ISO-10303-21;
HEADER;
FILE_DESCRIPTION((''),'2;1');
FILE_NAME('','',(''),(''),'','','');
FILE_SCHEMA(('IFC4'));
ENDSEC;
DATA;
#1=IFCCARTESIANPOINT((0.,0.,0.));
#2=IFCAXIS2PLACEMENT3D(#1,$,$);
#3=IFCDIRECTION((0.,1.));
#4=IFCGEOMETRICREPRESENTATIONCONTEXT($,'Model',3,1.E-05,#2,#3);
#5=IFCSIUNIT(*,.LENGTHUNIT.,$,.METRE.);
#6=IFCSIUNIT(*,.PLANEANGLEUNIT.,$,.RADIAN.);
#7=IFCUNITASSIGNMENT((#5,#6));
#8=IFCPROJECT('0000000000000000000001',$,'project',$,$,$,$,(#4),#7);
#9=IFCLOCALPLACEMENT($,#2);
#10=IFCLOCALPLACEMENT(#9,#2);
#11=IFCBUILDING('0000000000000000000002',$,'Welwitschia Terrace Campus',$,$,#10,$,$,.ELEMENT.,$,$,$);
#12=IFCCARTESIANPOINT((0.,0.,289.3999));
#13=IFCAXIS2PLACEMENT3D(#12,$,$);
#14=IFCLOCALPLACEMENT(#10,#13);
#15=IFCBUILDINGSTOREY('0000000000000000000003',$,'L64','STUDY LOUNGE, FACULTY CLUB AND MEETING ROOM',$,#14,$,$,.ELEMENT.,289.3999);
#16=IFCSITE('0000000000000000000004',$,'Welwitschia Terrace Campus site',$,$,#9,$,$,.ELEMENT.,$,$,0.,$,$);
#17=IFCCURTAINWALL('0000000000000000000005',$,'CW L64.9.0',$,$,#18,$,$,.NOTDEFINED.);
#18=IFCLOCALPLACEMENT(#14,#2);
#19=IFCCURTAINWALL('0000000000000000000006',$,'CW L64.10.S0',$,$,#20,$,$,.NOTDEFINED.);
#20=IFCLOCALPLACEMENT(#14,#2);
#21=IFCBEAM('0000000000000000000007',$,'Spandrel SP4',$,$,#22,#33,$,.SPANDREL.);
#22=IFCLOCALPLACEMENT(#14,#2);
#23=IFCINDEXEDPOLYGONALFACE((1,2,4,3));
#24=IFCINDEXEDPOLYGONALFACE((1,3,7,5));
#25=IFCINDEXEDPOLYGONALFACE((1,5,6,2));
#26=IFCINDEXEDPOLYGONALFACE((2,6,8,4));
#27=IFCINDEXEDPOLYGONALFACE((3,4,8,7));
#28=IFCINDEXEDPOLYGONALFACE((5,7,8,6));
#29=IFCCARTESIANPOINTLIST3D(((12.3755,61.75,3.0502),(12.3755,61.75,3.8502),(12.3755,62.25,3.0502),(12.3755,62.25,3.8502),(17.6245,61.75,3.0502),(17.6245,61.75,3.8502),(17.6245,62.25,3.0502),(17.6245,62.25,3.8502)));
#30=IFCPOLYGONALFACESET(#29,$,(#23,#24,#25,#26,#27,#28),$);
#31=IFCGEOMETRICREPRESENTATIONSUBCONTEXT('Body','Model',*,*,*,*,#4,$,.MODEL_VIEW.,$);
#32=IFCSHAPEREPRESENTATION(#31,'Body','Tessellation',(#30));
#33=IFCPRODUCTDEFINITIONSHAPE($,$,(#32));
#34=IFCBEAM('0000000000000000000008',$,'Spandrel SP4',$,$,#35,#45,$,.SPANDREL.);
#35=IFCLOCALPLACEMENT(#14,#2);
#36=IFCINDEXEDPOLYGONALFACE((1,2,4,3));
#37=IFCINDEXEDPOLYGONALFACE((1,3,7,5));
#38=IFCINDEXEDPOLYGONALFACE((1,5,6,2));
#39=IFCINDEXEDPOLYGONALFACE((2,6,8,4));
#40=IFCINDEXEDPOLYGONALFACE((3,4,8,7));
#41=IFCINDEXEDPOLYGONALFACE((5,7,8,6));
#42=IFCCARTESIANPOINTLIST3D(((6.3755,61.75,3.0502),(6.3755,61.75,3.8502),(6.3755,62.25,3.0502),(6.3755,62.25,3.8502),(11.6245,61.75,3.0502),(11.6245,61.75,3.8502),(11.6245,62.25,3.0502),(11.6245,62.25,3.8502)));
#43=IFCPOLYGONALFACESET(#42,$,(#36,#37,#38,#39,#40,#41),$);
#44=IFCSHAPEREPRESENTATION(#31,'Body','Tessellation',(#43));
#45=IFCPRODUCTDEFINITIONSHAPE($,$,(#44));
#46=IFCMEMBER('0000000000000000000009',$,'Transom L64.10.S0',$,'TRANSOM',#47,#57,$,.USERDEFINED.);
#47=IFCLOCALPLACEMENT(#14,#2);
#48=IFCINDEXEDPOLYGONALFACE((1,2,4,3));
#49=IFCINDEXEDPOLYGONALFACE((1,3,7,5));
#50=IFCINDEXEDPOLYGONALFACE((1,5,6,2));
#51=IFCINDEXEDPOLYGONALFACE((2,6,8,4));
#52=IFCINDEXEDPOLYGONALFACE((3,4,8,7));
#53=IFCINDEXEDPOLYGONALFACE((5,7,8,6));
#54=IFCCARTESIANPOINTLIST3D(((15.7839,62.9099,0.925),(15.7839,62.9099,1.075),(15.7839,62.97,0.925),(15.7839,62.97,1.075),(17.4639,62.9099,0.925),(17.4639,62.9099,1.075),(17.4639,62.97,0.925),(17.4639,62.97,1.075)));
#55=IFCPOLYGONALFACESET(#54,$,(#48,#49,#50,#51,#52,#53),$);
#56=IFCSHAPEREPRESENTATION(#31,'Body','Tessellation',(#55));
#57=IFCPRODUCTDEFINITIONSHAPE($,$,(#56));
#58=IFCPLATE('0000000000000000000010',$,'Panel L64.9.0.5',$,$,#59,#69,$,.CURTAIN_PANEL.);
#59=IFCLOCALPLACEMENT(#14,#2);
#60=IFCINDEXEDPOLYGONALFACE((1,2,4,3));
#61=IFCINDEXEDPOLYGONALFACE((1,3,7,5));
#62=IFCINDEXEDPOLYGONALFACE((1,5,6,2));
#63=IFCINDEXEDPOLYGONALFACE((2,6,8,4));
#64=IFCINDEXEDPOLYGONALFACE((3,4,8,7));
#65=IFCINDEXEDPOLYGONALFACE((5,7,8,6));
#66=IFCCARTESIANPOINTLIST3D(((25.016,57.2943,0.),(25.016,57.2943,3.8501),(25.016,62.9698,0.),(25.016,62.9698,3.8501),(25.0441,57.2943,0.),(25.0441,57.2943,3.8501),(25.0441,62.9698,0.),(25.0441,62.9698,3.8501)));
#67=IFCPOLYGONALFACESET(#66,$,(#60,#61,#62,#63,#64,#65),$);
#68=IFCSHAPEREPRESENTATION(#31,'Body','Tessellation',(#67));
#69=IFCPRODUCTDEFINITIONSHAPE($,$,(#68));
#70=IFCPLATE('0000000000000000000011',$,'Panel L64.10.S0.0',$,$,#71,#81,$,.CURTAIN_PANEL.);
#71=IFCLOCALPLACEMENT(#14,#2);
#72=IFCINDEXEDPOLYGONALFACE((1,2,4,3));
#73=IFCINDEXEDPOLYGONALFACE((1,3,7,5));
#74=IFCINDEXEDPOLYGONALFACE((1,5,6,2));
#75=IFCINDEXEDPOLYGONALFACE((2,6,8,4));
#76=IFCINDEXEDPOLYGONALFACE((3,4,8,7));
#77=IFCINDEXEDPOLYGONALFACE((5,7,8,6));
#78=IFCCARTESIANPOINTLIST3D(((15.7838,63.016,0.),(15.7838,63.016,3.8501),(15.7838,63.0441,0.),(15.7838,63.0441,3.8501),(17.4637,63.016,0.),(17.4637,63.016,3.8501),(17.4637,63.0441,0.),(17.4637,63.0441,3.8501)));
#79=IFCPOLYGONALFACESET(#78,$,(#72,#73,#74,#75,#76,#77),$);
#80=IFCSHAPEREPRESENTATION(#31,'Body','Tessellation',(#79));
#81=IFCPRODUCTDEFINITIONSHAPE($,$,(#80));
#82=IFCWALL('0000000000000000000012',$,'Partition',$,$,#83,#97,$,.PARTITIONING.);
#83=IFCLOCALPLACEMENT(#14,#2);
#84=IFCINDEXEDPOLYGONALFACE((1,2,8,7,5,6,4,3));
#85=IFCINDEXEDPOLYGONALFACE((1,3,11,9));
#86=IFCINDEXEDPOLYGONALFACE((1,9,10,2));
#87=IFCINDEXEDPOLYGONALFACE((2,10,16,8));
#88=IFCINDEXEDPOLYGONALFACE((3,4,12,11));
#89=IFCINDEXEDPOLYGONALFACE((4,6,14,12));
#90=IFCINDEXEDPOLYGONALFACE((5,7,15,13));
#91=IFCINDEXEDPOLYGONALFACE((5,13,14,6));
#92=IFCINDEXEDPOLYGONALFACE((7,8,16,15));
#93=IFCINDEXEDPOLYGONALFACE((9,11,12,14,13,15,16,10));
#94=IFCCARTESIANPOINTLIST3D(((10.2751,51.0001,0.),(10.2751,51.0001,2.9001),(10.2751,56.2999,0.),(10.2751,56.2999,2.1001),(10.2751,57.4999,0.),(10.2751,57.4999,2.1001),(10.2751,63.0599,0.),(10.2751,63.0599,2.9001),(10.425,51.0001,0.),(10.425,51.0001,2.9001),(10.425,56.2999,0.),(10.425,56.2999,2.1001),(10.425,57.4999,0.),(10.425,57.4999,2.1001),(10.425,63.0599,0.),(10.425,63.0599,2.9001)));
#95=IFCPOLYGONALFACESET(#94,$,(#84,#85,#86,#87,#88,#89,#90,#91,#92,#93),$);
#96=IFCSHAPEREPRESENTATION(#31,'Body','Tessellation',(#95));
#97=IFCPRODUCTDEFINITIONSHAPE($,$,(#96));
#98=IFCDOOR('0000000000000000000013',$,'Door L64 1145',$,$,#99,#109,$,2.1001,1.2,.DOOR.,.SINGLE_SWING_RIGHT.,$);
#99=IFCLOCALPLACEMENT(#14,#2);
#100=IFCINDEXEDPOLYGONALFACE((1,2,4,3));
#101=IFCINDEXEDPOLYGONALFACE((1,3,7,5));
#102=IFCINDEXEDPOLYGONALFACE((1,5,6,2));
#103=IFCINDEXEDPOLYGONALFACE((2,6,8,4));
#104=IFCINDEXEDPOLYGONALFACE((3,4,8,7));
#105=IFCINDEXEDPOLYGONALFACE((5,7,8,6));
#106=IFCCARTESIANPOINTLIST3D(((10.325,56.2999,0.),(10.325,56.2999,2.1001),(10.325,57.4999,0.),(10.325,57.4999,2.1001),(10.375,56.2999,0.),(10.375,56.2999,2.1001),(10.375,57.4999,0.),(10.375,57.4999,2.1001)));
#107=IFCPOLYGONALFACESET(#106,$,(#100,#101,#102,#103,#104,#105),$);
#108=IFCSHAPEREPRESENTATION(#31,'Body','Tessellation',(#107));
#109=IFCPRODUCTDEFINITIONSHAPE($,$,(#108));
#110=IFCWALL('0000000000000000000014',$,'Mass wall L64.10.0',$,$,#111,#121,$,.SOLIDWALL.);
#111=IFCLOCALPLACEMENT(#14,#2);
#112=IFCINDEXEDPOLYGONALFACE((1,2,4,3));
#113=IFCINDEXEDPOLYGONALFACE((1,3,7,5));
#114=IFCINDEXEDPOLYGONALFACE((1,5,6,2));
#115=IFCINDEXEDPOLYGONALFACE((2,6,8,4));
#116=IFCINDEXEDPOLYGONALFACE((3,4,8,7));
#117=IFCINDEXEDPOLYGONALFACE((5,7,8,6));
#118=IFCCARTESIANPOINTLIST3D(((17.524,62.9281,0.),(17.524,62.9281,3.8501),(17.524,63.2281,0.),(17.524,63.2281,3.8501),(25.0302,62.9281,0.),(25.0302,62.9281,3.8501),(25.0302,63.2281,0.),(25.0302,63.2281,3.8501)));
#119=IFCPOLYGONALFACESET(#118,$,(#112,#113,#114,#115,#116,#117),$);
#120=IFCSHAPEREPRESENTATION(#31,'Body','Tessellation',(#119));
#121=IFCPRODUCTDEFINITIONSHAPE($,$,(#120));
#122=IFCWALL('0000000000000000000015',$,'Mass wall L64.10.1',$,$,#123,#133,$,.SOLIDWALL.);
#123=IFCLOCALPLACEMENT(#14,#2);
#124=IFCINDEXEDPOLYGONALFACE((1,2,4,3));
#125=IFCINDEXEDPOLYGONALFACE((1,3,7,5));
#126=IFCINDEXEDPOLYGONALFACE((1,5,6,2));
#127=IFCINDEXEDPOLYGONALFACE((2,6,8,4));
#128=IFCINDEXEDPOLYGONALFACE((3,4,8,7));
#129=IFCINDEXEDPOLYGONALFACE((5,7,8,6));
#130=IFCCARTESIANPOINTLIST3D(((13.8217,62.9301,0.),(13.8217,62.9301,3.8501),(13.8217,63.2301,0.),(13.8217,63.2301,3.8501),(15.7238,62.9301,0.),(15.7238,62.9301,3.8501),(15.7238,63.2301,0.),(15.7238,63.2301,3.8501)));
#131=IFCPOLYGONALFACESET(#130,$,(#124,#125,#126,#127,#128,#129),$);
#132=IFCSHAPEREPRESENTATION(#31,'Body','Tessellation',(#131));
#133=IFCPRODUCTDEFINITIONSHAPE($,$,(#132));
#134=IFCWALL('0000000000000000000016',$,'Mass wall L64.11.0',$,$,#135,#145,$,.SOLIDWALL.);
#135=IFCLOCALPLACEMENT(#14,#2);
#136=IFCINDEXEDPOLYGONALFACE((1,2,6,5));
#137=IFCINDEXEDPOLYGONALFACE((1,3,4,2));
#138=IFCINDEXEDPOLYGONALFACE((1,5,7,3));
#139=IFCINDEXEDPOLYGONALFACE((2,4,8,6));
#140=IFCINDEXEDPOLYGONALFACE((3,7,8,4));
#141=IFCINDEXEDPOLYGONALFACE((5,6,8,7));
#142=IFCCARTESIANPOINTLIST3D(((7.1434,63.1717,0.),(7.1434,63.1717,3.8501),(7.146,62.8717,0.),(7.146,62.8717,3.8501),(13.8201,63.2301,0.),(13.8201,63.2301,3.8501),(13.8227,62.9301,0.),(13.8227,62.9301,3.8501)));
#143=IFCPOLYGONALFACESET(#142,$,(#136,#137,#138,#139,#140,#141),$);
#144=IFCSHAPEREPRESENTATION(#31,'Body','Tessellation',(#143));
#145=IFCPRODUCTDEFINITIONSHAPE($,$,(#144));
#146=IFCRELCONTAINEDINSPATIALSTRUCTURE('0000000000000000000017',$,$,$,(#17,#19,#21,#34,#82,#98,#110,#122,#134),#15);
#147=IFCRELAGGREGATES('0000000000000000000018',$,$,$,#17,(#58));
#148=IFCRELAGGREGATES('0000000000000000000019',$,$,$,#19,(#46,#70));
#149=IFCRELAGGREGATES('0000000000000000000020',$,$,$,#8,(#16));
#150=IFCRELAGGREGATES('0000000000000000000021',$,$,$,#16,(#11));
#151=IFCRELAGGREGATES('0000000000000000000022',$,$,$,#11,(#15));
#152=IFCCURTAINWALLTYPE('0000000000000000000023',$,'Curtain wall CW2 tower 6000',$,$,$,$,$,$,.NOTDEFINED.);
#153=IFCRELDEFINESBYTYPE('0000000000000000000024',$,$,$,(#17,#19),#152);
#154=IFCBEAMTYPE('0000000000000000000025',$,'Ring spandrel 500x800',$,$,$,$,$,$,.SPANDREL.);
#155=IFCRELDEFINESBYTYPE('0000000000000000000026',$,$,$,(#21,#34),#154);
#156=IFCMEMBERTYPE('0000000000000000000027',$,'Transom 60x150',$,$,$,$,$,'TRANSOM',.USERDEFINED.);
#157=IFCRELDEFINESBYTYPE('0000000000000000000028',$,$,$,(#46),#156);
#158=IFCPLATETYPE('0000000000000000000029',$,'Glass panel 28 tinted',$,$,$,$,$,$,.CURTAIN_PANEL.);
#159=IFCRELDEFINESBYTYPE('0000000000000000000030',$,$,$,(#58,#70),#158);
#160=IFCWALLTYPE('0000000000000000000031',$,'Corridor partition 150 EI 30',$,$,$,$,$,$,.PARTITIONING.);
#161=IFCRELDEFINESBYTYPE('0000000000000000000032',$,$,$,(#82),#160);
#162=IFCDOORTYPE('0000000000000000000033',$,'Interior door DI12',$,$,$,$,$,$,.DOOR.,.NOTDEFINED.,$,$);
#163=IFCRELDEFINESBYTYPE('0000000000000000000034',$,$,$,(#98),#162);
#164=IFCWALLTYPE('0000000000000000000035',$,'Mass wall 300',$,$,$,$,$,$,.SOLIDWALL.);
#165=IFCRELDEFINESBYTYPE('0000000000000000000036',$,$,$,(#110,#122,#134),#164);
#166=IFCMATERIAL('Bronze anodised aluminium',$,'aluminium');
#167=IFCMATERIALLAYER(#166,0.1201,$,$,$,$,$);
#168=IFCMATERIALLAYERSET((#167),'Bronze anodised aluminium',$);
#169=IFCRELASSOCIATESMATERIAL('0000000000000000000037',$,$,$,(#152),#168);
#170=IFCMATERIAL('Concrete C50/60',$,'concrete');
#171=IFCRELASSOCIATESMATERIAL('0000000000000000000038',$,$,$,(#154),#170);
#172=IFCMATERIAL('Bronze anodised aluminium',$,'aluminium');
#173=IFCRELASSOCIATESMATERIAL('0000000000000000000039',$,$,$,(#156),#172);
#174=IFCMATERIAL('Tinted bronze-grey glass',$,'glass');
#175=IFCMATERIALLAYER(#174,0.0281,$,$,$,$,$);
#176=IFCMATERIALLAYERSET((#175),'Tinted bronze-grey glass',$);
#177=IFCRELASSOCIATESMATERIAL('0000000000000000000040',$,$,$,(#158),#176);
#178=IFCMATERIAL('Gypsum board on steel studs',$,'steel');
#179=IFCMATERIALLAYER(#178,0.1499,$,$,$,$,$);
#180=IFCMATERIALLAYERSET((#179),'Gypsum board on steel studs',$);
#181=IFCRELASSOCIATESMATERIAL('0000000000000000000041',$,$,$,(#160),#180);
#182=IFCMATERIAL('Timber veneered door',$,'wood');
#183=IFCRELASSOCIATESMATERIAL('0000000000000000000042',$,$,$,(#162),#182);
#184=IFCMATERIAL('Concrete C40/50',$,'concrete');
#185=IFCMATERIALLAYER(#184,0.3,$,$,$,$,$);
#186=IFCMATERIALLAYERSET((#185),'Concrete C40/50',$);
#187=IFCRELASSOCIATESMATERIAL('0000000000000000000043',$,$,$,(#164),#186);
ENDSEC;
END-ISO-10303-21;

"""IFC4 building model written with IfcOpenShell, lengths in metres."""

from ifc_helpers import new_model, si_unit, direction, frame, frame_2d, origin, origin_2d, place, context, subcontext, project, spatial, rectangle, extrude, material, layer, layer_set, material_profile, profile_set, type_object, element, fill, aggregate, save


model = new_model("IFC4")

# Units and contexts
model_context = context("Model", 3, precision=1e-05, world=origin(), true_north=direction((0.0, 1.0)))
body_context = subcontext(model_context, "Body", "Model", "MODEL_VIEW")
ifc_project = project(units=[si_unit("LENGTHUNIT", "METRE"), si_unit("PLANEANGLEUNIT", "RADIAN")], contexts=[model_context])

# Site, building, storey
site_placement = place(None, origin())
site = spatial("IfcSite", under=ifc_project, at=site_placement, Name="Welwitschia Terrace Campus site", CompositionType="ELEMENT", RefElevation=0.0)
building_placement = place(site_placement, origin())
building = spatial("IfcBuilding", under=site, at=building_placement, Name="Welwitschia Terrace Campus", CompositionType="ELEMENT")
storey_placement = place(building_placement, frame((0.0, 0.0, 289.3999)))
storey = spatial("IfcBuildingStorey", under=building, at=storey_placement, Name="L64", Description="STUDY LOUNGE, FACULTY CLUB AND MEETING ROOM", CompositionType="ELEMENT", Elevation=289.3999)

# Curtain walls
ifc_material_1 = material(Name="Bronze anodised aluminium", Category="aluminium")
ifc_layer_1 = layer(ifc_material_1, 0.1201)
ifc_layer_set_1 = layer_set([ifc_layer_1], Name="Bronze anodised aluminium")
curtain_wall_type = type_object("IfcCurtainWallType", Name="Curtain wall CW2 tower 6000", PredefinedType="NOTDEFINED", material=ifc_layer_set_1)
curtain_wall_1_placement = place(storey_placement, origin())
curtain_wall_1 = element("IfcCurtainWall", 1, at=curtain_wall_1_placement, inside=storey, type_object=curtain_wall_type, Name="CW L64.9.0", PredefinedType="NOTDEFINED")
curtain_wall_2_placement = place(storey_placement, origin())
curtain_wall_2 = element("IfcCurtainWall", 2, at=curtain_wall_2_placement, inside=storey, type_object=curtain_wall_type, Name="CW L64.10.S0", PredefinedType="NOTDEFINED")

# Beams
ifc_material_2 = material(Name="Concrete C50/60", Category="concrete")
ifc_material_profile_1 = material_profile(ifc_material_2, rectangle(XDim=0.5, YDim=0.8, at=origin_2d()))
ifc_profile_set_1 = profile_set([ifc_material_profile_1], Name="Concrete C50/60")
beam_type_1 = type_object("IfcBeamType", Name="Ring spandrel 500x800", PredefinedType="SPANDREL", material=ifc_profile_set_1)
for number, where, z_axis, x_axis, name in (
    (3, (17.6245, 62.0, 3.4502), (-1.0, 0.0, 0.0), (0.0, -1.0, 0.0), "Spandrel SP4"),
    (4, (11.6245, 62.0, 3.4502), (-1.0, 0.0, 0.0), (0.0, -1.0, 0.0), "Spandrel SP4"),
):
    element("IfcBeam", number, at=place(storey_placement, frame(where, z_axis=z_axis, x_axis=x_axis)), inside=storey, type_object=beam_type_1, Name=name, PredefinedType="SPANDREL", context=body_context, shape_type="SweptSolid", body=[
        extrude(rectangle(XDim=0.5, YDim=0.8, at=origin_2d()), origin(), (0.0, 0.0, 1.0), 5.249),
    ])

# Member
ifc_material_3 = material(Name="Bronze anodised aluminium", Category="aluminium")
ifc_material_profile_2 = material_profile(ifc_material_3, rectangle(XDim=0.0601, YDim=0.1499, at=origin_2d()))
ifc_profile_set_2 = profile_set([ifc_material_profile_2], Name="Bronze anodised aluminium")
member_type_1 = type_object("IfcMemberType", Name="Transom 60x150", ElementType="TRANSOM", PredefinedType="USERDEFINED", material=ifc_profile_set_2)
member_1_placement = place(storey_placement, frame((17.4639, 62.9399, 1.0), z_axis=(-1.0, 0.0, 0.0), x_axis=(0.0, -1.0, 0.0)))
member_1 = element("IfcMember", 5, at=member_1_placement, type_object=member_type_1, Name="Transom L64.10.S0", ObjectType="TRANSOM", PredefinedType="USERDEFINED", context=body_context, shape_type="SweptSolid", body=[
    extrude(rectangle(XDim=0.0601, YDim=0.1499, at=origin_2d()), origin(), (0.0, 0.0, 1.0), 1.6799),
])

# Plates
ifc_material_4 = material(Name="Tinted bronze-grey glass", Category="glass")
ifc_layer_2 = layer(ifc_material_4, 0.0281)
ifc_layer_set_2 = layer_set([ifc_layer_2], Name="Tinted bronze-grey glass")
plate_type = type_object("IfcPlateType", Name="Glass panel 28 tinted", PredefinedType="CURTAIN_PANEL", material=ifc_layer_set_2)
plate_1_placement = place(storey_placement, frame((25.03, 60.1321, 0.0), z_axis=(0.0, 0.0, 1.0), x_axis=(0.0, 1.0, 0.0)))
plate_1 = element("IfcPlate", 6, at=plate_1_placement, type_object=plate_type, Name="Panel L64.9.0.5", PredefinedType="CURTAIN_PANEL", context=body_context, shape_type="SweptSolid", body=[
    extrude(rectangle(XDim=5.6755, YDim=0.0281, at=origin_2d()), origin(), (0.0, 0.0, 1.0), 3.8501),
])
aggregate(curtain_wall_1, [plate_1])
plate_2_placement = place(storey_placement, frame((16.6238, 63.03, 0.0), z_axis=(0.0, 0.0, 1.0), x_axis=(-1.0, 0.0, 0.0)))
plate_2 = element("IfcPlate", 7, at=plate_2_placement, type_object=plate_type, Name="Panel L64.10.S0.0", PredefinedType="CURTAIN_PANEL", context=body_context, shape_type="SweptSolid", body=[
    extrude(rectangle(XDim=1.6799, YDim=0.0281, at=origin_2d()), origin(), (0.0, 0.0, 1.0), 3.8501),
])
aggregate(curtain_wall_2, [member_1, plate_2])

# Wall, opening, door
ifc_material_5 = material(Name="Gypsum board on steel studs", Category="steel")
ifc_layer_3 = layer(ifc_material_5, 0.1499)
ifc_layer_set_3 = layer_set([ifc_layer_3], Name="Gypsum board on steel studs")
wall_type_1 = type_object("IfcWallType", Name="Corridor partition 150 EI 30", PredefinedType="PARTITIONING", material=ifc_layer_set_3)
wall_1_placement = place(storey_placement, frame((10.3501, 63.0598, 0.0), z_axis=(0.0, 0.0, 1.0), x_axis=(0.0, -1.0, 0.0)))
wall_1 = element("IfcWall", 8, at=wall_1_placement, inside=storey, type_object=wall_type_1, Name="Partition", PredefinedType="PARTITIONING", context=body_context, shape_type="SweptSolid", body=[
    extrude(rectangle(XDim=12.0598, YDim=0.1499, at=frame_2d((6.0298, 0.0))), origin(), (0.0, 0.0, 1.0), 2.9001),
])
opening_placement = place(wall_1_placement, frame((5.5598, 0.0, 0.0)))
opening = element("IfcOpeningElement", 9, at=opening_placement, cuts=wall_1, PredefinedType="OPENING", context=body_context, shape_type="SweptSolid", body=[
    extrude(rectangle(XDim=1.2, YDim=2.1001, at=frame_2d((0.6001, 1.05))), frame((0.0, 0.085, 0.0), z_axis=(0.0, -1.0, 0.0), x_axis=(1.0, 0.0, 0.0)), (0.0, 0.0, 1.0), 0.1699),
])
ifc_material_6 = material(Name="Timber veneered door", Category="wood")
door_type = type_object("IfcDoorType", Name="Interior door DI12", OperationType="NOTDEFINED", PredefinedType="DOOR", material=ifc_material_6)
door_placement = place(opening_placement, origin())
door = element("IfcDoor", 10, at=door_placement, inside=storey, type_object=door_type, Name="Door L64 1145", OperationType="SINGLE_SWING_RIGHT", OverallHeight=2.1001, OverallWidth=1.2, PredefinedType="DOOR", context=body_context, shape_type="SweptSolid", body=[
    extrude(rectangle(XDim=1.2, YDim=2.1001, at=frame_2d((0.6001, 1.05))), frame((0.0, 0.0249, 0.0), z_axis=(0.0, -1.0, 0.0), x_axis=(1.0, 0.0, 0.0)), (0.0, 0.0, 1.0), 0.05),
])
fill(opening, door)

# Walls
ifc_material_7 = material(Name="Concrete C40/50", Category="concrete")
ifc_layer_4 = layer(ifc_material_7, 0.3)
ifc_layer_set_4 = layer_set([ifc_layer_4], Name="Concrete C40/50")
wall_type_2 = type_object("IfcWallType", Name="Mass wall 300", PredefinedType="SOLIDWALL", material=ifc_layer_set_4)
wall_2_placement = place(storey_placement, frame((25.03, 63.0781, 0.0), z_axis=(0.0, 0.0, 1.0), x_axis=(-1.0, 0.0, 0.0)))
element("IfcWall", 11, at=wall_2_placement, inside=storey, type_object=wall_type_2, Name="Mass wall L64.10.0", PredefinedType="SOLIDWALL", context=body_context, shape_type="SweptSolid", body=[
    extrude(rectangle(XDim=7.5061, YDim=0.3, at=frame_2d((3.7529, 0.0))), origin(), (0.0, 0.0, 1.0), 3.8501),
])
wall_3_placement = place(storey_placement, frame((15.7239, 63.0801, 0.0), z_axis=(0.0, 0.0, 1.0), x_axis=(-1.0, 0.0, 0.0)))
element("IfcWall", 12, at=wall_3_placement, inside=storey, type_object=wall_type_2, Name="Mass wall L64.10.1", PredefinedType="SOLIDWALL", context=body_context, shape_type="SweptSolid", body=[
    extrude(rectangle(XDim=1.9021, YDim=0.3, at=frame_2d((0.9512, 0.0))), origin(), (0.0, 0.0, 1.0), 3.8501),
])
wall_4_placement = place(storey_placement, frame((13.8213, 63.0801, 0.0), z_axis=(0.0, 0.0, 1.0), x_axis=(-0.999962, -0.008739, 0.0)))
element("IfcWall", 13, at=wall_4_placement, inside=storey, type_object=wall_type_2, Name="Mass wall L64.11.0", PredefinedType="SOLIDWALL", context=body_context, shape_type="SweptSolid", body=[
    extrude(rectangle(XDim=6.677, YDim=0.3, at=frame_2d((3.3384, 0.0))), origin(), (0.0, 0.0, 1.0), 3.8501),
])

save(model, "model.ifc")
